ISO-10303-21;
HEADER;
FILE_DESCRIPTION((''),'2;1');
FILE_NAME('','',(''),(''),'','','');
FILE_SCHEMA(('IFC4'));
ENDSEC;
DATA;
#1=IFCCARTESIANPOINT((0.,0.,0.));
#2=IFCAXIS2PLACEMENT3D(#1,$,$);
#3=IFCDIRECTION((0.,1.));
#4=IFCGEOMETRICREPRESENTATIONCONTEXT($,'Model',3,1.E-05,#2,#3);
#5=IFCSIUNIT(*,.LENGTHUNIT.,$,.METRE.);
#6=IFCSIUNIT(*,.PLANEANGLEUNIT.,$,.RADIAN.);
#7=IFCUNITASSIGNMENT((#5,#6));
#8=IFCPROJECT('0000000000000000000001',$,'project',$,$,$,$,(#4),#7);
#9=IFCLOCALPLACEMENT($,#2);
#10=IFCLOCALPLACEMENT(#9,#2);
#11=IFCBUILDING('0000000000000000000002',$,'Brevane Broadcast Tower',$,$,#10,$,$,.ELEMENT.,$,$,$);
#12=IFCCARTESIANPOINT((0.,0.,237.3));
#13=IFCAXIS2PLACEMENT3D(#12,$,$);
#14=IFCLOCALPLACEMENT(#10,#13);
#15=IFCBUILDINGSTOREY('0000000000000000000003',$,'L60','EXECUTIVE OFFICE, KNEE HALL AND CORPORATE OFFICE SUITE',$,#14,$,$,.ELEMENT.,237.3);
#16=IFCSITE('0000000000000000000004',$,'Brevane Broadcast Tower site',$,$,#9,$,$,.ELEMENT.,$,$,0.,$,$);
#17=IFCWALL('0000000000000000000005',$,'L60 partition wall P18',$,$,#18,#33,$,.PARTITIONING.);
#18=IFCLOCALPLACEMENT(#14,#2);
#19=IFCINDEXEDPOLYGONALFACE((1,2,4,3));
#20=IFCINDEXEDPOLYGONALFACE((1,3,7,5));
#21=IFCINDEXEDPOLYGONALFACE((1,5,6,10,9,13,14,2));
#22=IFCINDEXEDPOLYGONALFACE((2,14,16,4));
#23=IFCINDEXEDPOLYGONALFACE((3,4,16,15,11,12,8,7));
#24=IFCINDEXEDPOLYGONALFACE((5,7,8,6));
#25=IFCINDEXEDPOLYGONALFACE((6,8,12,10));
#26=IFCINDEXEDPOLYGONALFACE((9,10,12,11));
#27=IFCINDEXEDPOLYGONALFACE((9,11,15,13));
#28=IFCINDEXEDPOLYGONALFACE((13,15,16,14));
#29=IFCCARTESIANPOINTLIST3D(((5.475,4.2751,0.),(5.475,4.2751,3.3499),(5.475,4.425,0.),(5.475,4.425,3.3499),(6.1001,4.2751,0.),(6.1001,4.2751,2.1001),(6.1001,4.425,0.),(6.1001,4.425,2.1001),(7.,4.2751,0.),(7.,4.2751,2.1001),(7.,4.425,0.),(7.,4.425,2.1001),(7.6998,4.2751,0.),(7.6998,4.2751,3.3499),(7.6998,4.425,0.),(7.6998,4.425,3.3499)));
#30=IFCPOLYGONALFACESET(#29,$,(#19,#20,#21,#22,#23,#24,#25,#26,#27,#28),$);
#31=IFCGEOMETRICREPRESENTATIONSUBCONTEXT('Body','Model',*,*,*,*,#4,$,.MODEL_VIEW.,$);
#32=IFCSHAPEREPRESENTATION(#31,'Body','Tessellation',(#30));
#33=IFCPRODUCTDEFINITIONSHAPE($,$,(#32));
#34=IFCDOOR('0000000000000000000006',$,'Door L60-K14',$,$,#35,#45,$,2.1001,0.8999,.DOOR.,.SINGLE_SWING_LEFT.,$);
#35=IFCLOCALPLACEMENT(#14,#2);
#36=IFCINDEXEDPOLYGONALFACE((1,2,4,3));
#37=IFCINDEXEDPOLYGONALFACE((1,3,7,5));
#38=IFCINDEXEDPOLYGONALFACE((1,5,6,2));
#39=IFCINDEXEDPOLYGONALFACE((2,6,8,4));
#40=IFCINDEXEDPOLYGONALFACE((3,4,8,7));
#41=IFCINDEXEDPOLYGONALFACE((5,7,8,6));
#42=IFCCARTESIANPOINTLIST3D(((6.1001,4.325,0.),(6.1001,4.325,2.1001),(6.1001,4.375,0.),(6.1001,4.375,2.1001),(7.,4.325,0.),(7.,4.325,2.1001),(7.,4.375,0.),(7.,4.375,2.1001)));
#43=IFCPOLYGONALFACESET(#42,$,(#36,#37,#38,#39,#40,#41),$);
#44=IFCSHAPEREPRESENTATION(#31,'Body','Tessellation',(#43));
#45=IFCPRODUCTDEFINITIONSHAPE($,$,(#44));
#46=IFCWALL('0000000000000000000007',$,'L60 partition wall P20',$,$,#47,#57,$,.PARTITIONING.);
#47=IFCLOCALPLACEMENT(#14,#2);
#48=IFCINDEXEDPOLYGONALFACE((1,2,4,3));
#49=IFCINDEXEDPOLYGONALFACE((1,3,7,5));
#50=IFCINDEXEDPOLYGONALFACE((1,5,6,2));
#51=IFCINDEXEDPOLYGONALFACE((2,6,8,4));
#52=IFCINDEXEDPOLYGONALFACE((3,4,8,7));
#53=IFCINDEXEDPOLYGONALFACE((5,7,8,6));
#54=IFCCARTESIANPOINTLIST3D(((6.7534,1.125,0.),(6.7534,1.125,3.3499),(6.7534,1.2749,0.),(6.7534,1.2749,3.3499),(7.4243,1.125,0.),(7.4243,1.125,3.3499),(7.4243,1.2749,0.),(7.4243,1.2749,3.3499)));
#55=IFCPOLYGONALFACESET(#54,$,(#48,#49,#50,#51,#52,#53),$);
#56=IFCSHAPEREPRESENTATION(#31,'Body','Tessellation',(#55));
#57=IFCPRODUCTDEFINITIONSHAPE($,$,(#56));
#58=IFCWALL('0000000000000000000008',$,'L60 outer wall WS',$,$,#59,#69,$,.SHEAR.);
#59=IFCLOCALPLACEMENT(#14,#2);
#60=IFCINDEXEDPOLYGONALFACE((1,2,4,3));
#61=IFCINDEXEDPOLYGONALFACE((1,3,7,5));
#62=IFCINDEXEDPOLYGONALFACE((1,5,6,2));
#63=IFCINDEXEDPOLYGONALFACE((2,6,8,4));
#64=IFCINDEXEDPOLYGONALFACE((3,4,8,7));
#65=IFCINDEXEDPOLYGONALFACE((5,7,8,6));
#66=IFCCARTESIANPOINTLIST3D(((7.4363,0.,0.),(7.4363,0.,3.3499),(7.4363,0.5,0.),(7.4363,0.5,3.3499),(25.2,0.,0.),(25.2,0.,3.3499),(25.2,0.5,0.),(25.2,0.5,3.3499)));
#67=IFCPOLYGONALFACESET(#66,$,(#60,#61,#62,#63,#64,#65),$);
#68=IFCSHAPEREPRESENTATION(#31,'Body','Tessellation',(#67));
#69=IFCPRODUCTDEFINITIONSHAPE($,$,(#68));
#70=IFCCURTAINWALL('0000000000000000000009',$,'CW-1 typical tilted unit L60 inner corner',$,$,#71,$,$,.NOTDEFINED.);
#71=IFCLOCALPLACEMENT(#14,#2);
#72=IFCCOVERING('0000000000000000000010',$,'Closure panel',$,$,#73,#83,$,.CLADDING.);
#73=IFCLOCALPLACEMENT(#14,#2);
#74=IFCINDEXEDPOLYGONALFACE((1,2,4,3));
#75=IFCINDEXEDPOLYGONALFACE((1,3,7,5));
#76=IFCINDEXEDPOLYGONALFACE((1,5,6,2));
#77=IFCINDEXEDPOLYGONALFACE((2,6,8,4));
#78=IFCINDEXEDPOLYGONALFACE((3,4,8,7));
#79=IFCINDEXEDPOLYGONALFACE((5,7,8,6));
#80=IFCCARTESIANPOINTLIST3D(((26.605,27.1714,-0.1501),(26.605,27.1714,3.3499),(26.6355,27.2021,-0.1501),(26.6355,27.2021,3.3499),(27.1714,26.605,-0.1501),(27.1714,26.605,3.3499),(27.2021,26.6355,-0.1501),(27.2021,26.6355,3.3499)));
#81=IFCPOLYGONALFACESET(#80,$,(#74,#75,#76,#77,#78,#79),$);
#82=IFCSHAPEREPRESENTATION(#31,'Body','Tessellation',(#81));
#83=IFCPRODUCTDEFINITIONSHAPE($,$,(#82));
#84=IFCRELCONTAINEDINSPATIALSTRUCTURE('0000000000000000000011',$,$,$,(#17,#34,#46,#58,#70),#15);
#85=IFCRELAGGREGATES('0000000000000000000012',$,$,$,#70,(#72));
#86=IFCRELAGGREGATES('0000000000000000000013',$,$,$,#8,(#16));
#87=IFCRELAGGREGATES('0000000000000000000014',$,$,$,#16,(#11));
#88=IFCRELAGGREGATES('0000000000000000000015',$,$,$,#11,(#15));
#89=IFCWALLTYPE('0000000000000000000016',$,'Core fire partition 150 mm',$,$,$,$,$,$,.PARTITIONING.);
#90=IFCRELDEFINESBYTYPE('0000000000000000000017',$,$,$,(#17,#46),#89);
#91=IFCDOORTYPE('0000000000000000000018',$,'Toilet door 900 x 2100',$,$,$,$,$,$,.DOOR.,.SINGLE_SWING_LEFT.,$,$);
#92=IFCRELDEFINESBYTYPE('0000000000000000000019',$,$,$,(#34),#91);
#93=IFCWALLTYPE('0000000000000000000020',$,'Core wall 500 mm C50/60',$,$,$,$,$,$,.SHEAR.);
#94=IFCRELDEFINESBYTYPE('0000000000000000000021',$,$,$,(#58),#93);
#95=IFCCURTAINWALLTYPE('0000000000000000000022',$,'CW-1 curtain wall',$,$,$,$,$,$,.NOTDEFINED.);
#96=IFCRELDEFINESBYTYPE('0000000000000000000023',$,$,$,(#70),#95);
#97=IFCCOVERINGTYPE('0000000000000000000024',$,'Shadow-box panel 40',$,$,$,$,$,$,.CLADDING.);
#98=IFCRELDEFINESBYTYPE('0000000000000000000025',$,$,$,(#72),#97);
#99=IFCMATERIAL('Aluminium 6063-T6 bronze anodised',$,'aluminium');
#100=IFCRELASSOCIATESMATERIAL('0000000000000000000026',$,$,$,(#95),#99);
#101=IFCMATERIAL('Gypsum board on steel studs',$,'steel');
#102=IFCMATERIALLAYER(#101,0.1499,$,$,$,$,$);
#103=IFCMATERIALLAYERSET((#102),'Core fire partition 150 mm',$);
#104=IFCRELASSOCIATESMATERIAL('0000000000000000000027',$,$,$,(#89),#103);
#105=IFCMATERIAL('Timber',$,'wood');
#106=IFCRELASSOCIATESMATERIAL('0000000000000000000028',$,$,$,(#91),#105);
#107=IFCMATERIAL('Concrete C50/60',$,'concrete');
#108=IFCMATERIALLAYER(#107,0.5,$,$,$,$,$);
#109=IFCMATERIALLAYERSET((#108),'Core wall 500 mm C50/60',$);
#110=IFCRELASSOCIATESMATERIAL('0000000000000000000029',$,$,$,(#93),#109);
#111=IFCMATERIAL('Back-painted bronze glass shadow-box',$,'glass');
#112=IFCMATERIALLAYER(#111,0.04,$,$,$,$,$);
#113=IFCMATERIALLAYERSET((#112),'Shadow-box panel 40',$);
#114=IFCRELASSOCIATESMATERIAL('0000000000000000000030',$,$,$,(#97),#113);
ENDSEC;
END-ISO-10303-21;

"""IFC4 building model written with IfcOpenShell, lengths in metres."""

from ifc_helpers import new_model, si_unit, direction, frame, frame_2d, origin, place, context, subcontext, project, spatial, polyline, rectangle, outline, extrude, material, layer, layer_set, type_object, element, fill, aggregate, save


model = new_model("IFC4")

# Units and contexts
model_context = context("Model", 3, precision=1e-05, world=origin(), true_north=direction((0.0, 1.0)))
body_context = subcontext(model_context, "Body", "Model", "MODEL_VIEW")
ifc_project = project(units=[si_unit("LENGTHUNIT", "METRE"), si_unit("PLANEANGLEUNIT", "RADIAN")], contexts=[model_context])

# Site, building, storey
site_placement = place(None, origin())
site = spatial("IfcSite", under=ifc_project, at=site_placement, Name="Brevane Broadcast Tower site", CompositionType="ELEMENT", RefElevation=0.0)
building_placement = place(site_placement, origin())
building = spatial("IfcBuilding", under=site, at=building_placement, Name="Brevane Broadcast Tower", CompositionType="ELEMENT")
storey_placement = place(building_placement, frame((0.0, 0.0, 237.3)))
storey = spatial("IfcBuildingStorey", under=building, at=storey_placement, Name="L60", Description="EXECUTIVE OFFICE, KNEE HALL AND CORPORATE OFFICE SUITE", CompositionType="ELEMENT", Elevation=237.3)

# Shared definitions
ifc_material_1 = material(Name="Aluminium 6063-T6 bronze anodised", Category="aluminium")
curtain_wall_type = type_object("IfcCurtainWallType", Name="CW-1 curtain wall", PredefinedType="NOTDEFINED", material=ifc_material_1)

# Shared definitions
ifc_material_2 = material(Name="Concrete C50/60", Category="concrete")

# Shared definitions
ifc_material_3 = material(Name="Gypsum board on steel studs", Category="steel")
ifc_layer_1 = layer(ifc_material_3, 0.1499)
ifc_layer_set_1 = layer_set([ifc_layer_1], Name="Core fire partition 150 mm")
wall_type_1 = type_object("IfcWallType", Name="Core fire partition 150 mm", PredefinedType="PARTITIONING", material=ifc_layer_set_1)

# Wall, opening, door
wall_1_placement = place(storey_placement, frame((5.4751, 4.3501, 0.0), z_axis=(0.0, 0.0, 1.0), x_axis=(1.0, 0.0, 0.0)))
wall_1 = element("IfcWall", 1, at=wall_1_placement, inside=storey, type_object=wall_type_1, Name="L60 partition wall P18", PredefinedType="PARTITIONING", context=body_context, shape_type="SweptSolid", body=[
    extrude(rectangle(XDim=2.2249, YDim=0.1499, at=frame_2d((1.1123, 0.0))), origin(), (0.0, 0.0, 1.0), 3.3499),
])
opening_placement = place(wall_1_placement, frame((0.625, 0.0, 0.0)))
opening = element("IfcOpeningElement", 2, at=opening_placement, cuts=wall_1, PredefinedType="OPENING", context=body_context, shape_type="SweptSolid", body=[
    extrude(rectangle(XDim=0.8999, YDim=2.1001, at=frame_2d((0.45, 1.05))), frame((0.0, 0.085, 0.0), z_axis=(0.0, -1.0, 0.0), x_axis=(1.0, 0.0, 0.0)), (0.0, 0.0, 1.0), 0.1699),
])
ifc_material_4 = material(Name="Timber", Category="wood")
door_type = type_object("IfcDoorType", Name="Toilet door 900 x 2100", OperationType="SINGLE_SWING_LEFT", PredefinedType="DOOR", material=ifc_material_4)
door_placement = place(opening_placement, origin())
door = element("IfcDoor", 3, at=door_placement, inside=storey, type_object=door_type, Name="Door L60-K14", OperationType="SINGLE_SWING_LEFT", OverallHeight=2.1001, OverallWidth=0.8999, PredefinedType="DOOR", context=body_context, shape_type="SweptSolid", body=[
    extrude(rectangle(XDim=0.8999, YDim=2.1001, at=frame_2d((0.45, 1.05))), frame((0.0, 0.0249, 0.0), z_axis=(0.0, -1.0, 0.0), x_axis=(1.0, 0.0, 0.0)), (0.0, 0.0, 1.0), 0.05),
])
fill(opening, door)

# Walls
wall_2_placement = place(storey_placement, frame((7.4243, 1.2, 0.0), z_axis=(0.0, 0.0, 1.0), x_axis=(-1.0, 0.0, 0.0)))
element("IfcWall", 4, at=wall_2_placement, inside=storey, type_object=wall_type_1, Name="L60 partition wall P20", PredefinedType="PARTITIONING", context=body_context, shape_type="SweptSolid", body=[
    extrude(rectangle(XDim=0.6709, YDim=0.1499, at=frame_2d((0.3354, 0.0))), origin(), (0.0, 0.0, 1.0), 3.3499),
])
ifc_layer_2 = layer(ifc_material_2, 0.5)
ifc_layer_set_2 = layer_set([ifc_layer_2], Name="Core wall 500 mm C50/60")
wall_type_2 = type_object("IfcWallType", Name="Core wall 500 mm C50/60", PredefinedType="SHEAR", material=ifc_layer_set_2)
wall_3_placement = place(storey_placement, frame((7.4363, 0.25, 0.0), z_axis=(0.0, 0.0, 1.0), x_axis=(1.0, 0.0, 0.0)))
element("IfcWall", 5, at=wall_3_placement, inside=storey, type_object=wall_type_2, Name="L60 outer wall WS", PredefinedType="SHEAR", context=body_context, shape_type="SweptSolid", body=[
    extrude(rectangle(XDim=17.7637, YDim=0.5, at=frame_2d((8.8818, 0.0))), origin(), (0.0, 0.0, 1.0), 3.3499),
])

# Curtain wall, covering
curtain_wall_1_placement = place(storey_placement, origin())
curtain_wall_1 = element("IfcCurtainWall", 6, at=curtain_wall_1_placement, inside=storey, type_object=curtain_wall_type, Name="CW-1 typical tilted unit L60 inner corner", PredefinedType="NOTDEFINED")
ifc_material_5 = material(Name="Back-painted bronze glass shadow-box", Category="glass")
ifc_layer_3 = layer(ifc_material_5, 0.04)
ifc_layer_set_3 = layer_set([ifc_layer_3], Name="Shadow-box panel 40")
covering_type = type_object("IfcCoveringType", Name="Shadow-box panel 40", PredefinedType="CLADDING", material=ifc_layer_set_3)
covering_placement = place(storey_placement, frame((0.0, 0.0, -0.1501)))
covering = element("IfcCovering", 7, at=covering_placement, type_object=covering_type, Name="Closure panel", PredefinedType="CLADDING", context=body_context, shape_type="SweptSolid", body=[
    extrude(outline(polyline([(27.1714, 26.605), (27.2021, 26.6355), (26.6355, 27.2021), (26.605, 27.1714), (27.1714, 26.605)])), origin(), (0.0, 0.0, 1.0), 3.5),
])
aggregate(curtain_wall_1, [covering])

save(model, "model.ifc")
